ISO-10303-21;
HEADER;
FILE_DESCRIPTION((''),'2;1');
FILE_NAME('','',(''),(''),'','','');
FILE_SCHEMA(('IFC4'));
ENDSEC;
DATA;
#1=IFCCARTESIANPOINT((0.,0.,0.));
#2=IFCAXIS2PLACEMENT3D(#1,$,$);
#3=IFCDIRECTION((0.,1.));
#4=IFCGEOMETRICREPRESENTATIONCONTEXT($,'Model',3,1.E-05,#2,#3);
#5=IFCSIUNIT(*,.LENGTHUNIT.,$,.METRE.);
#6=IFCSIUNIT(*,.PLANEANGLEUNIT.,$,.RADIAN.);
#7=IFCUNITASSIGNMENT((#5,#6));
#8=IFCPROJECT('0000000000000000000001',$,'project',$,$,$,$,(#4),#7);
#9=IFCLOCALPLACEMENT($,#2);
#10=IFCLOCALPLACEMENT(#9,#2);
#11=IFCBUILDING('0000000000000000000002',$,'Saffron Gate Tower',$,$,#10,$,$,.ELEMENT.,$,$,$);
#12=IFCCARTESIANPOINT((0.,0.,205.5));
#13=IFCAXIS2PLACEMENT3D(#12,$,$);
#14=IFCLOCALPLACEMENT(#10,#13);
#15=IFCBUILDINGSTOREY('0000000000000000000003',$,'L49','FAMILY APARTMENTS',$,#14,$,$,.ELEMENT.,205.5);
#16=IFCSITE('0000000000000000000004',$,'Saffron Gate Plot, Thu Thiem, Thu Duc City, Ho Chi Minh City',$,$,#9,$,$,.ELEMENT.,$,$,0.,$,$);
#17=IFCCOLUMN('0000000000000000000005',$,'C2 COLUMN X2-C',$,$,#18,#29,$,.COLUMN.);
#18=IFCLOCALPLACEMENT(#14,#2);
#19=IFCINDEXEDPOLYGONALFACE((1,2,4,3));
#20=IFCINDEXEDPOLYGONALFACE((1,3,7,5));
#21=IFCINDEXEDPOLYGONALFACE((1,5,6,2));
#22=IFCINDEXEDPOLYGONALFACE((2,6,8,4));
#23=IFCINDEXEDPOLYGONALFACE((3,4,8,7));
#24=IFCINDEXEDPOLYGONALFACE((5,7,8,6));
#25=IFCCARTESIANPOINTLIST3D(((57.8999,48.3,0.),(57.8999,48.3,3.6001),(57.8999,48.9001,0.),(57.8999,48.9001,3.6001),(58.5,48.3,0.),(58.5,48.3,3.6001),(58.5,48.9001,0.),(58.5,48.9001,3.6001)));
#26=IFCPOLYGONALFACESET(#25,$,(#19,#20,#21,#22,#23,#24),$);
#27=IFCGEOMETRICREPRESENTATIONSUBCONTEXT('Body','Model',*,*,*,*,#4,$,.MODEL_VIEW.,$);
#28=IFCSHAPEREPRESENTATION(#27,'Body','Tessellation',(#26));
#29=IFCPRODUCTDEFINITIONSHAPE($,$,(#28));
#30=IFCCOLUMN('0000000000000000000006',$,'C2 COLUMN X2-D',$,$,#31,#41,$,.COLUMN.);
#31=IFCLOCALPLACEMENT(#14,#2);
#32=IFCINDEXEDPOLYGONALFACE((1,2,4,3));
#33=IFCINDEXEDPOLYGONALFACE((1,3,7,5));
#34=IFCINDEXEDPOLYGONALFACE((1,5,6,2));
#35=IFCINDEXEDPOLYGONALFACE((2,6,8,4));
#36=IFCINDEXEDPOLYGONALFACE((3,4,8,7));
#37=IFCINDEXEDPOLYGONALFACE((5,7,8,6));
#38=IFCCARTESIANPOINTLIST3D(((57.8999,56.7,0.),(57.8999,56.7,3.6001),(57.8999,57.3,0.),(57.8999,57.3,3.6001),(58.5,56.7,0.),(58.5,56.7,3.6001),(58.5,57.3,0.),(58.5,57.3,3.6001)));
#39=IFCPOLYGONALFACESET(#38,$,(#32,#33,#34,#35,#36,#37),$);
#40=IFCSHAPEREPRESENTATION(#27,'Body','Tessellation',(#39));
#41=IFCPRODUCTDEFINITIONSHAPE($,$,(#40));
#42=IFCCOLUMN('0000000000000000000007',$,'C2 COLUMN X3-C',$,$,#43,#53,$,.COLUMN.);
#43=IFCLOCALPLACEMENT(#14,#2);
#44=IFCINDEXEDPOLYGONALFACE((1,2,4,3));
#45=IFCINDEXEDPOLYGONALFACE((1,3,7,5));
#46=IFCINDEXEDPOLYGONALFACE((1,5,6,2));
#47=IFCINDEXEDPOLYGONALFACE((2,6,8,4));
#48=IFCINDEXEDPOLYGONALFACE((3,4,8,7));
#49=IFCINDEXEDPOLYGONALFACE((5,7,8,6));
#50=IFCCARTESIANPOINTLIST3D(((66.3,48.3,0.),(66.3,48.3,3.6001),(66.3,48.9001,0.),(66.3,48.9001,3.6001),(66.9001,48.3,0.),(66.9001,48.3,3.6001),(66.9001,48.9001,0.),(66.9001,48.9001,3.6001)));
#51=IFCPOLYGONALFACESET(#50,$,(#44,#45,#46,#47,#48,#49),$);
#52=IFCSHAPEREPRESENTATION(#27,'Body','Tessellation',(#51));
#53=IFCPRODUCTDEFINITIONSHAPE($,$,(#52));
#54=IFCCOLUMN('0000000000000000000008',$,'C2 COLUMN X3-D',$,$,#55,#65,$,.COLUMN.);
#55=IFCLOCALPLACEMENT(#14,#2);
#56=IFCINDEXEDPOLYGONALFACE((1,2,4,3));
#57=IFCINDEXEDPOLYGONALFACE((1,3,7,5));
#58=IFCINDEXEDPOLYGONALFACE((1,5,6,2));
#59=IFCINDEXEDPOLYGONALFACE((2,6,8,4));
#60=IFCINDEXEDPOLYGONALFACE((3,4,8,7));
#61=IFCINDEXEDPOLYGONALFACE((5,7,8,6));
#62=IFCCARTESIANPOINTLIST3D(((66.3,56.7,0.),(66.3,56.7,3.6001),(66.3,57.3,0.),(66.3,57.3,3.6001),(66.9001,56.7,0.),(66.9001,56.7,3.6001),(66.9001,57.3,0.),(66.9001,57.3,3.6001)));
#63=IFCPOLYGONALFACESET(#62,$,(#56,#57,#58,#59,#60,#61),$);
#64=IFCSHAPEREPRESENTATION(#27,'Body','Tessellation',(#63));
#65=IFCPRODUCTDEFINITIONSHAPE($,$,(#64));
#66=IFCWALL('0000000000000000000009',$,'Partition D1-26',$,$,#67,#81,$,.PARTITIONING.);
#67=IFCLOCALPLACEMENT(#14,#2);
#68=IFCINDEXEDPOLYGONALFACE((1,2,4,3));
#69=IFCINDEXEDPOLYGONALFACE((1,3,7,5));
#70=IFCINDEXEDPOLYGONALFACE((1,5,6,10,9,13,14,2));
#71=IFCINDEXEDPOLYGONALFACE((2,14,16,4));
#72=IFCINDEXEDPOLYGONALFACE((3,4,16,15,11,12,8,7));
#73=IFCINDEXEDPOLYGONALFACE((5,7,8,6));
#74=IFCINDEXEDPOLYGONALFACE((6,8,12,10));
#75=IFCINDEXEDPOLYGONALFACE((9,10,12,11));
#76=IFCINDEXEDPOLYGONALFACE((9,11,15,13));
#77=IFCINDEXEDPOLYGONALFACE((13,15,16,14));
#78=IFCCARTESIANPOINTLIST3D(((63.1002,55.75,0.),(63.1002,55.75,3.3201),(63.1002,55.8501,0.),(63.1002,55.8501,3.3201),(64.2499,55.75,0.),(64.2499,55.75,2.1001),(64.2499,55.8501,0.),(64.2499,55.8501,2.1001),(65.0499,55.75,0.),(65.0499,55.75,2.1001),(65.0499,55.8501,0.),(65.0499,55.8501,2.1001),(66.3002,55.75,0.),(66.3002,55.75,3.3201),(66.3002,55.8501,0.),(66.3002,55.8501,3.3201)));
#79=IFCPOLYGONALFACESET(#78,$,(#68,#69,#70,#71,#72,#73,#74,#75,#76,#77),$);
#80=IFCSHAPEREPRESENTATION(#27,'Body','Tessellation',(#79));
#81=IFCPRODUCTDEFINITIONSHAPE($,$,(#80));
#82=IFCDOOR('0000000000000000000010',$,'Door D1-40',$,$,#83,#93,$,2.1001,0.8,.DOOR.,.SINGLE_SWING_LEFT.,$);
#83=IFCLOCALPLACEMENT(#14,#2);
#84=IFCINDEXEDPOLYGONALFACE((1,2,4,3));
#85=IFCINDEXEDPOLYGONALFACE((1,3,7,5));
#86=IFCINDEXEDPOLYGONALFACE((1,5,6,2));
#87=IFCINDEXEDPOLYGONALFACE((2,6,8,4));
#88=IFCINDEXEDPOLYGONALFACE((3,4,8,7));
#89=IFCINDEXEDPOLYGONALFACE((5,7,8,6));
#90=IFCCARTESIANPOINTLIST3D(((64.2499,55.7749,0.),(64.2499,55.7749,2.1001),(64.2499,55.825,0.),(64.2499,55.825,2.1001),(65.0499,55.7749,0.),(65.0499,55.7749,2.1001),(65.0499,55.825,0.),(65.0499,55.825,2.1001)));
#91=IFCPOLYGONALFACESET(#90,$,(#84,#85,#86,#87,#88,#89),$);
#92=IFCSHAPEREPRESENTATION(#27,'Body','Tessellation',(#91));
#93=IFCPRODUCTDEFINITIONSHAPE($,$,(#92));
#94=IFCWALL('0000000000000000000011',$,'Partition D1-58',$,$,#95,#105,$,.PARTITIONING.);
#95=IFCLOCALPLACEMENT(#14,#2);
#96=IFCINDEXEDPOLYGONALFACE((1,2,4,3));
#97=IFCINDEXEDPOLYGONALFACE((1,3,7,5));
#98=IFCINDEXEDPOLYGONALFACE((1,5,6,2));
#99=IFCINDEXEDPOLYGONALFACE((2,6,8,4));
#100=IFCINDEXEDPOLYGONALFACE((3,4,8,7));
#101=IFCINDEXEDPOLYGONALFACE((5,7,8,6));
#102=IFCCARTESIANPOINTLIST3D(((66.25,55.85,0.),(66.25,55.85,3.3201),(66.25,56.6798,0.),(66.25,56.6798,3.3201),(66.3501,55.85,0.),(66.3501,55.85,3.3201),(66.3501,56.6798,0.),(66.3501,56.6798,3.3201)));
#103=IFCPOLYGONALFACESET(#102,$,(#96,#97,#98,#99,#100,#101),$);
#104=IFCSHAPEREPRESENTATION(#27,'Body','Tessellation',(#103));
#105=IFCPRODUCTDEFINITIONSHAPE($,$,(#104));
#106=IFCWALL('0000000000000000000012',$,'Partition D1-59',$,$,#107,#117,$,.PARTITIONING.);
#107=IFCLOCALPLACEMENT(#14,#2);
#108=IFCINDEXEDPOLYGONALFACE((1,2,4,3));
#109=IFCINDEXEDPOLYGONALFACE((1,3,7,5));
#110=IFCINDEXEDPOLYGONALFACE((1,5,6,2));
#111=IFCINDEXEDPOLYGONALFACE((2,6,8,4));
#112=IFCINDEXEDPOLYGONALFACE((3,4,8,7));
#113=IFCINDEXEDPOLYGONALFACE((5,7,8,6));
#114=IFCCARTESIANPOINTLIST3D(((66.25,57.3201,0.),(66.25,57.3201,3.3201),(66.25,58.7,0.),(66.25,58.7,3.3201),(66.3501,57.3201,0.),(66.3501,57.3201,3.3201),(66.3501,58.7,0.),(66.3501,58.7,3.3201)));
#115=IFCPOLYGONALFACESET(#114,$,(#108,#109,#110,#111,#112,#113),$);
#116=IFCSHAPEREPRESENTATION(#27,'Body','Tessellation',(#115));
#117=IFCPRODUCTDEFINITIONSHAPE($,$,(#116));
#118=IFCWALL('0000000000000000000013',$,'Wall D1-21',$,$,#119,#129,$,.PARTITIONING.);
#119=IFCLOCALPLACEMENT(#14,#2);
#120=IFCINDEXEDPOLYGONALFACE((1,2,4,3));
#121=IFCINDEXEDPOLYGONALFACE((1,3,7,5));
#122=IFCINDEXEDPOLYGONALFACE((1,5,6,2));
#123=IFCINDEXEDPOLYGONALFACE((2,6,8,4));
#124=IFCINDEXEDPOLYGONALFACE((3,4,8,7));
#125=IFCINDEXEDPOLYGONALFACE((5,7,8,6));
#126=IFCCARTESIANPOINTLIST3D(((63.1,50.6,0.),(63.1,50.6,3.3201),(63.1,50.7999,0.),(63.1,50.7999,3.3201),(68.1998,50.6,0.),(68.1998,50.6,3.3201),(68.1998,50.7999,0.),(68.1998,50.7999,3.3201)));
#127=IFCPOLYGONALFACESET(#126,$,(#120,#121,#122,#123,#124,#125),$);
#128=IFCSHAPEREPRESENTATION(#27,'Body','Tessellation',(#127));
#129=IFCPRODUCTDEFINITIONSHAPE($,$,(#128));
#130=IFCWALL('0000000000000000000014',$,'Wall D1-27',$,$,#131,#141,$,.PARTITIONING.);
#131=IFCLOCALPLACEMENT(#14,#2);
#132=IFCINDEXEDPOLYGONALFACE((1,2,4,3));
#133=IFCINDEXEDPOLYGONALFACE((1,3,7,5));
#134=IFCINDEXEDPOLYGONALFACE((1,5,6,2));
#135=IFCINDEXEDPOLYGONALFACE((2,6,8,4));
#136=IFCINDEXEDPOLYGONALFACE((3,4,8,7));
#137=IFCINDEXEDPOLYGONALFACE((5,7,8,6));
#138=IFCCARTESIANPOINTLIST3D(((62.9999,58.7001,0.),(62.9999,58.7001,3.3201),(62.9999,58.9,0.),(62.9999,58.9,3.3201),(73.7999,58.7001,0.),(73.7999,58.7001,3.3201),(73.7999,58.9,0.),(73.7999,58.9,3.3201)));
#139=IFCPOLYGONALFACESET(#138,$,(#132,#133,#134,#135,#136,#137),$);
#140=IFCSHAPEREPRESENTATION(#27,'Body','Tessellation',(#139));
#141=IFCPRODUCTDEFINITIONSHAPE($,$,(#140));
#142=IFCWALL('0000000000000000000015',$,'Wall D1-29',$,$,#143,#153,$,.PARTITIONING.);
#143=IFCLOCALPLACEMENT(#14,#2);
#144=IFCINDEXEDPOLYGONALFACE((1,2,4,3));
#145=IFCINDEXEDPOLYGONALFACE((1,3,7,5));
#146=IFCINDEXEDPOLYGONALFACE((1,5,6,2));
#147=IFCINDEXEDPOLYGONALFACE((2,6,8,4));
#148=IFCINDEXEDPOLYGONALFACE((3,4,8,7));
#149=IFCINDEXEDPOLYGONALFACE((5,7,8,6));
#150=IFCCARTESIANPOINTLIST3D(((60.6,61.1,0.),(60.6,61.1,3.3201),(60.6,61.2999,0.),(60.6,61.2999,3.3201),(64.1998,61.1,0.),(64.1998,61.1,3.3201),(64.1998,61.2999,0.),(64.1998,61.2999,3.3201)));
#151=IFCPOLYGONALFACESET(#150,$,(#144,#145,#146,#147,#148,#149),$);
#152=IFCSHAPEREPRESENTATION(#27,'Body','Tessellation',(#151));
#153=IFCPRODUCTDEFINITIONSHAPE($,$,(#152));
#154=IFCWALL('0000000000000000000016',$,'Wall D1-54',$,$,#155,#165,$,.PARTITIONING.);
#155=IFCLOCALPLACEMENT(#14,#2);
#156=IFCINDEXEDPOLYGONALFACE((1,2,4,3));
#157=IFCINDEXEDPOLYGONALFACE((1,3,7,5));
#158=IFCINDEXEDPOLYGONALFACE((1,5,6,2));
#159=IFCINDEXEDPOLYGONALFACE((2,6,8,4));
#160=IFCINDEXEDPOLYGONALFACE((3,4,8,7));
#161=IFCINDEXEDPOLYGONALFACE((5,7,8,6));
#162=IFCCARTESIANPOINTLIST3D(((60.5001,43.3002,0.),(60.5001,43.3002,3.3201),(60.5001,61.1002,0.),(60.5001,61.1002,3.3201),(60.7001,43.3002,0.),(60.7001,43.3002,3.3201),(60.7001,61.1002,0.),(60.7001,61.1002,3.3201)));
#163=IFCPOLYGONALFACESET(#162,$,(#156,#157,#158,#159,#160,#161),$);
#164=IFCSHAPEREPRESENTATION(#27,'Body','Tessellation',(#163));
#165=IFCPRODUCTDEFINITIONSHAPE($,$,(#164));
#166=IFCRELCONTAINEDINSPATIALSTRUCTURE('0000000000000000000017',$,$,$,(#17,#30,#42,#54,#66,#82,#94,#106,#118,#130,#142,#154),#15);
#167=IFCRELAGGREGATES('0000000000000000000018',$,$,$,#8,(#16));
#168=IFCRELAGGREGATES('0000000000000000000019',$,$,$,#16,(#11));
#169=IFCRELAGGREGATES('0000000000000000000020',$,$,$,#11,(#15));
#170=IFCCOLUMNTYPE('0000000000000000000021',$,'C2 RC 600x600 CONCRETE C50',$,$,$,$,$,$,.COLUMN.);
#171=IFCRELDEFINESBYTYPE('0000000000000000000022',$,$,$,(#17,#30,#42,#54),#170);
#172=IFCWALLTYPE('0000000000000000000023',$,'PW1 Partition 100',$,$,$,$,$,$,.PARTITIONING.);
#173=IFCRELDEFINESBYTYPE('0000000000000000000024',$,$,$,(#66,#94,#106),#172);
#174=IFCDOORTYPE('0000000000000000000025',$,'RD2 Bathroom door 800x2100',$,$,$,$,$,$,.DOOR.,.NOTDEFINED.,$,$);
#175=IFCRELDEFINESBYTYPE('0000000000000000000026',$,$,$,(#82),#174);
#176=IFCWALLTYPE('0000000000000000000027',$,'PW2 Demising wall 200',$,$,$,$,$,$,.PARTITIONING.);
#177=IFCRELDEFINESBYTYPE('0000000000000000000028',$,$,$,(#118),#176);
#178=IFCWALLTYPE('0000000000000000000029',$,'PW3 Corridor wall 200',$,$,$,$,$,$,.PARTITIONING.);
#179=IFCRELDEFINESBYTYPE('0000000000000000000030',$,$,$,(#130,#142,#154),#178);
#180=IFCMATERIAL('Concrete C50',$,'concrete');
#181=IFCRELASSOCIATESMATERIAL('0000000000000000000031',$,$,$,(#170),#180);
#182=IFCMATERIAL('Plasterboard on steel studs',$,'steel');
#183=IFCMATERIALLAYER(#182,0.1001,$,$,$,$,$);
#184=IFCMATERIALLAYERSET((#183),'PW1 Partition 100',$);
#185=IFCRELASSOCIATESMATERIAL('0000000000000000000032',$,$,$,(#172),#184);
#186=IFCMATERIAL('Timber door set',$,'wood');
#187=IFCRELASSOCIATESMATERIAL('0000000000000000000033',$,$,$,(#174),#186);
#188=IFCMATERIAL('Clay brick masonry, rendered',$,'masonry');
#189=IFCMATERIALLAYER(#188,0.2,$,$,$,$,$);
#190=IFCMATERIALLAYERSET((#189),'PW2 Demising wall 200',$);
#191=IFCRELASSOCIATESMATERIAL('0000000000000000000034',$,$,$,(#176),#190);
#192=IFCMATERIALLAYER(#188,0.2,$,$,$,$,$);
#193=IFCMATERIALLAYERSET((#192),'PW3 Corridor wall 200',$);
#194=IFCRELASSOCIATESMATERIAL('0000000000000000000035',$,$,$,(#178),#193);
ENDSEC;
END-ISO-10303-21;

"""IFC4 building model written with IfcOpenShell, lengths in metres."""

from ifc_helpers import new_model, si_unit, direction, frame, frame_2d, origin, origin_2d, place, context, subcontext, project, spatial, rectangle, extrude, material, layer, layer_set, material_profile, profile_set, type_object, element, fill, save


model = new_model("IFC4")

# Units and contexts
model_context = context("Model", 3, precision=1e-05, world=origin(), true_north=direction((0.0, 1.0)))
body_context = subcontext(model_context, "Body", "Model", "MODEL_VIEW")
ifc_project = project(units=[si_unit("LENGTHUNIT", "METRE"), si_unit("PLANEANGLEUNIT", "RADIAN")], contexts=[model_context])

# Site, building, storey
site_placement = place(None, origin())
site = spatial("IfcSite", under=ifc_project, at=site_placement, Name="Saffron Gate Plot, Thu Thiem, Thu Duc City, Ho Chi Minh City", CompositionType="ELEMENT", RefElevation=0.0)
building_placement = place(site_placement, origin())
building = spatial("IfcBuilding", under=site, at=building_placement, Name="Saffron Gate Tower", CompositionType="ELEMENT")
storey_placement = place(building_placement, frame((0.0, 0.0, 205.5)))
storey = spatial("IfcBuildingStorey", under=building, at=storey_placement, Name="L49", Description="FAMILY APARTMENTS", CompositionType="ELEMENT", Elevation=205.5)

# Columns
ifc_material_1 = material(Name="Concrete C50", Category="concrete")
ifc_material_profile = material_profile(ifc_material_1, rectangle(XDim=0.6001, YDim=0.6001, at=origin_2d()))
ifc_profile_set = profile_set([ifc_material_profile], Name="Concrete C50")
column_type = type_object("IfcColumnType", Name="C2 RC 600x600 CONCRETE C50", PredefinedType="COLUMN", material=ifc_profile_set)
for number, where, z_axis, x_axis, name in (
    (1, (58.2, 48.6001, 0.0), (0.0, 0.0, 1.0), (1.0, 0.0, 0.0), "C2 COLUMN X2-C"),
    (2, (58.2, 57.0, 0.0), (0.0, 0.0, 1.0), (1.0, 0.0, 0.0), "C2 COLUMN X2-D"),
    (3, (66.6001, 48.6001, 0.0), (0.0, 0.0, 1.0), (1.0, 0.0, 0.0), "C2 COLUMN X3-C"),
    (4, (66.6001, 57.0, 0.0), (0.0, 0.0, 1.0), (1.0, 0.0, 0.0), "C2 COLUMN X3-D"),
):
    element("IfcColumn", number, at=place(storey_placement, frame(where, z_axis=z_axis, x_axis=x_axis)), inside=storey, type_object=column_type, Name=name, PredefinedType="COLUMN", context=body_context, shape_type="SweptSolid", body=[
        extrude(rectangle(XDim=0.6001, YDim=0.6001, at=origin_2d()), origin(), (0.0, 0.0, 1.0), 3.6001),
    ])

# Wall, opening, door
ifc_material_2 = material(Name="Plasterboard on steel studs", Category="steel")
ifc_layer_1 = layer(ifc_material_2, 0.1001)
ifc_layer_set_1 = layer_set([ifc_layer_1], Name="PW1 Partition 100")
wall_type_1 = type_object("IfcWallType", Name="PW1 Partition 100", PredefinedType="PARTITIONING", material=ifc_layer_set_1)
wall_1_placement = place(storey_placement, frame((63.1001, 55.8, 0.0), z_axis=(0.0, 0.0, 1.0), x_axis=(1.0, 0.0, 0.0)))
wall_1 = element("IfcWall", 5, at=wall_1_placement, inside=storey, type_object=wall_type_1, Name="Partition D1-26", PredefinedType="PARTITIONING", context=body_context, shape_type="SweptSolid", body=[
    extrude(rectangle(XDim=3.2, YDim=0.1001, at=frame_2d((1.6001, 0.0))), origin(), (0.0, 0.0, 1.0), 3.3201),
])
opening_1_placement = place(wall_1_placement, frame((1.1499, 0.0, 0.0)))
opening_1 = element("IfcOpeningElement", 6, at=opening_1_placement, cuts=wall_1, PredefinedType="OPENING", context=body_context, shape_type="SweptSolid", body=[
    extrude(rectangle(XDim=0.8, YDim=2.1001, at=frame_2d((0.3999, 1.05))), frame((0.0, 0.0601, 0.0), z_axis=(0.0, -1.0, 0.0), x_axis=(1.0, 0.0, 0.0)), (0.0, 0.0, 1.0), 0.1201),
])
ifc_material_3 = material(Name="Timber door set", Category="wood")
door_type_1 = type_object("IfcDoorType", Name="RD2 Bathroom door 800x2100", OperationType="NOTDEFINED", PredefinedType="DOOR", material=ifc_material_3)
door_1_placement = place(opening_1_placement, origin())
door_1 = element("IfcDoor", 7, at=door_1_placement, inside=storey, type_object=door_type_1, Name="Door D1-40", OperationType="SINGLE_SWING_LEFT", OverallHeight=2.1001, OverallWidth=0.8, PredefinedType="DOOR", context=body_context, shape_type="SweptSolid", body=[
    extrude(rectangle(XDim=0.8, YDim=2.1001, at=frame_2d((0.3999, 1.05))), frame((0.0, 0.0249, 0.0), z_axis=(0.0, -1.0, 0.0), x_axis=(1.0, 0.0, 0.0)), (0.0, 0.0, 1.0), 0.05),
])
fill(opening_1, door_1)

# Walls
wall_2_placement = place(storey_placement, frame((66.3, 56.6799, 0.0), z_axis=(0.0, 0.0, 1.0), x_axis=(0.0, -1.0, 0.0)))
element("IfcWall", 8, at=wall_2_placement, inside=storey, type_object=wall_type_1, Name="Partition D1-58", PredefinedType="PARTITIONING", context=body_context, shape_type="SweptSolid", body=[
    extrude(rectangle(XDim=0.8298, YDim=0.1001, at=frame_2d((0.415, 0.0))), origin(), (0.0, 0.0, 1.0), 3.3201),
])
wall_3_placement = place(storey_placement, frame((66.3, 58.7, 0.0), z_axis=(0.0, 0.0, 1.0), x_axis=(0.0, -1.0, 0.0)))
element("IfcWall", 9, at=wall_3_placement, inside=storey, type_object=wall_type_1, Name="Partition D1-59", PredefinedType="PARTITIONING", context=body_context, shape_type="SweptSolid", body=[
    extrude(rectangle(XDim=1.3799, YDim=0.1001, at=frame_2d((0.6899, 0.0))), origin(), (0.0, 0.0, 1.0), 3.3201),
])
ifc_material_4 = material(Name="Clay brick masonry, rendered", Category="masonry")
ifc_layer_2 = layer(ifc_material_4, 0.2)
ifc_layer_set_2 = layer_set([ifc_layer_2], Name="PW2 Demising wall 200")
wall_type_2 = type_object("IfcWallType", Name="PW2 Demising wall 200", PredefinedType="PARTITIONING", material=ifc_layer_set_2)
wall_4_placement = place(storey_placement, frame((63.1001, 50.7, 0.0), z_axis=(0.0, 0.0, 1.0), x_axis=(1.0, 0.0, 0.0)))
element("IfcWall", 10, at=wall_4_placement, inside=storey, type_object=wall_type_2, Name="Wall D1-21", PredefinedType="PARTITIONING", context=body_context, shape_type="SweptSolid", body=[
    extrude(rectangle(XDim=5.0999, YDim=0.2, at=frame_2d((2.5498, 0.0))), origin(), (0.0, 0.0, 1.0), 3.3201),
])
ifc_layer_3 = layer(ifc_material_4, 0.2)
ifc_layer_set_3 = layer_set([ifc_layer_3], Name="PW3 Corridor wall 200")
wall_type_3 = type_object("IfcWallType", Name="PW3 Corridor wall 200", PredefinedType="PARTITIONING", material=ifc_layer_set_3)
wall_5_placement = place(storey_placement, frame((63.0, 58.8, 0.0), z_axis=(0.0, 0.0, 1.0), x_axis=(1.0, 0.0, 0.0)))
element("IfcWall", 11, at=wall_5_placement, inside=storey, type_object=wall_type_3, Name="Wall D1-27", PredefinedType="PARTITIONING", context=body_context, shape_type="SweptSolid", body=[
    extrude(rectangle(XDim=10.8, YDim=0.2, at=frame_2d((5.3999, 0.0))), origin(), (0.0, 0.0, 1.0), 3.3201),
])
wall_6_placement = place(storey_placement, frame((60.6001, 61.2, 0.0), z_axis=(0.0, 0.0, 1.0), x_axis=(1.0, 0.0, 0.0)))
element("IfcWall", 12, at=wall_6_placement, inside=storey, type_object=wall_type_3, Name="Wall D1-29", PredefinedType="PARTITIONING", context=body_context, shape_type="SweptSolid", body=[
    extrude(rectangle(XDim=3.5999, YDim=0.2, at=frame_2d((1.7998, 0.0))), origin(), (0.0, 0.0, 1.0), 3.3201),
])
wall_7_placement = place(storey_placement, frame((60.6001, 61.1001, 0.0), z_axis=(0.0, 0.0, 1.0), x_axis=(0.0, -1.0, 0.0)))
element("IfcWall", 13, at=wall_7_placement, inside=storey, type_object=wall_type_3, Name="Wall D1-54", PredefinedType="PARTITIONING", context=body_context, shape_type="SweptSolid", body=[
    extrude(rectangle(XDim=17.8, YDim=0.2, at=frame_2d((8.8999, 0.0))), origin(), (0.0, 0.0, 1.0), 3.3201),
])

save(model, "model.ifc")
